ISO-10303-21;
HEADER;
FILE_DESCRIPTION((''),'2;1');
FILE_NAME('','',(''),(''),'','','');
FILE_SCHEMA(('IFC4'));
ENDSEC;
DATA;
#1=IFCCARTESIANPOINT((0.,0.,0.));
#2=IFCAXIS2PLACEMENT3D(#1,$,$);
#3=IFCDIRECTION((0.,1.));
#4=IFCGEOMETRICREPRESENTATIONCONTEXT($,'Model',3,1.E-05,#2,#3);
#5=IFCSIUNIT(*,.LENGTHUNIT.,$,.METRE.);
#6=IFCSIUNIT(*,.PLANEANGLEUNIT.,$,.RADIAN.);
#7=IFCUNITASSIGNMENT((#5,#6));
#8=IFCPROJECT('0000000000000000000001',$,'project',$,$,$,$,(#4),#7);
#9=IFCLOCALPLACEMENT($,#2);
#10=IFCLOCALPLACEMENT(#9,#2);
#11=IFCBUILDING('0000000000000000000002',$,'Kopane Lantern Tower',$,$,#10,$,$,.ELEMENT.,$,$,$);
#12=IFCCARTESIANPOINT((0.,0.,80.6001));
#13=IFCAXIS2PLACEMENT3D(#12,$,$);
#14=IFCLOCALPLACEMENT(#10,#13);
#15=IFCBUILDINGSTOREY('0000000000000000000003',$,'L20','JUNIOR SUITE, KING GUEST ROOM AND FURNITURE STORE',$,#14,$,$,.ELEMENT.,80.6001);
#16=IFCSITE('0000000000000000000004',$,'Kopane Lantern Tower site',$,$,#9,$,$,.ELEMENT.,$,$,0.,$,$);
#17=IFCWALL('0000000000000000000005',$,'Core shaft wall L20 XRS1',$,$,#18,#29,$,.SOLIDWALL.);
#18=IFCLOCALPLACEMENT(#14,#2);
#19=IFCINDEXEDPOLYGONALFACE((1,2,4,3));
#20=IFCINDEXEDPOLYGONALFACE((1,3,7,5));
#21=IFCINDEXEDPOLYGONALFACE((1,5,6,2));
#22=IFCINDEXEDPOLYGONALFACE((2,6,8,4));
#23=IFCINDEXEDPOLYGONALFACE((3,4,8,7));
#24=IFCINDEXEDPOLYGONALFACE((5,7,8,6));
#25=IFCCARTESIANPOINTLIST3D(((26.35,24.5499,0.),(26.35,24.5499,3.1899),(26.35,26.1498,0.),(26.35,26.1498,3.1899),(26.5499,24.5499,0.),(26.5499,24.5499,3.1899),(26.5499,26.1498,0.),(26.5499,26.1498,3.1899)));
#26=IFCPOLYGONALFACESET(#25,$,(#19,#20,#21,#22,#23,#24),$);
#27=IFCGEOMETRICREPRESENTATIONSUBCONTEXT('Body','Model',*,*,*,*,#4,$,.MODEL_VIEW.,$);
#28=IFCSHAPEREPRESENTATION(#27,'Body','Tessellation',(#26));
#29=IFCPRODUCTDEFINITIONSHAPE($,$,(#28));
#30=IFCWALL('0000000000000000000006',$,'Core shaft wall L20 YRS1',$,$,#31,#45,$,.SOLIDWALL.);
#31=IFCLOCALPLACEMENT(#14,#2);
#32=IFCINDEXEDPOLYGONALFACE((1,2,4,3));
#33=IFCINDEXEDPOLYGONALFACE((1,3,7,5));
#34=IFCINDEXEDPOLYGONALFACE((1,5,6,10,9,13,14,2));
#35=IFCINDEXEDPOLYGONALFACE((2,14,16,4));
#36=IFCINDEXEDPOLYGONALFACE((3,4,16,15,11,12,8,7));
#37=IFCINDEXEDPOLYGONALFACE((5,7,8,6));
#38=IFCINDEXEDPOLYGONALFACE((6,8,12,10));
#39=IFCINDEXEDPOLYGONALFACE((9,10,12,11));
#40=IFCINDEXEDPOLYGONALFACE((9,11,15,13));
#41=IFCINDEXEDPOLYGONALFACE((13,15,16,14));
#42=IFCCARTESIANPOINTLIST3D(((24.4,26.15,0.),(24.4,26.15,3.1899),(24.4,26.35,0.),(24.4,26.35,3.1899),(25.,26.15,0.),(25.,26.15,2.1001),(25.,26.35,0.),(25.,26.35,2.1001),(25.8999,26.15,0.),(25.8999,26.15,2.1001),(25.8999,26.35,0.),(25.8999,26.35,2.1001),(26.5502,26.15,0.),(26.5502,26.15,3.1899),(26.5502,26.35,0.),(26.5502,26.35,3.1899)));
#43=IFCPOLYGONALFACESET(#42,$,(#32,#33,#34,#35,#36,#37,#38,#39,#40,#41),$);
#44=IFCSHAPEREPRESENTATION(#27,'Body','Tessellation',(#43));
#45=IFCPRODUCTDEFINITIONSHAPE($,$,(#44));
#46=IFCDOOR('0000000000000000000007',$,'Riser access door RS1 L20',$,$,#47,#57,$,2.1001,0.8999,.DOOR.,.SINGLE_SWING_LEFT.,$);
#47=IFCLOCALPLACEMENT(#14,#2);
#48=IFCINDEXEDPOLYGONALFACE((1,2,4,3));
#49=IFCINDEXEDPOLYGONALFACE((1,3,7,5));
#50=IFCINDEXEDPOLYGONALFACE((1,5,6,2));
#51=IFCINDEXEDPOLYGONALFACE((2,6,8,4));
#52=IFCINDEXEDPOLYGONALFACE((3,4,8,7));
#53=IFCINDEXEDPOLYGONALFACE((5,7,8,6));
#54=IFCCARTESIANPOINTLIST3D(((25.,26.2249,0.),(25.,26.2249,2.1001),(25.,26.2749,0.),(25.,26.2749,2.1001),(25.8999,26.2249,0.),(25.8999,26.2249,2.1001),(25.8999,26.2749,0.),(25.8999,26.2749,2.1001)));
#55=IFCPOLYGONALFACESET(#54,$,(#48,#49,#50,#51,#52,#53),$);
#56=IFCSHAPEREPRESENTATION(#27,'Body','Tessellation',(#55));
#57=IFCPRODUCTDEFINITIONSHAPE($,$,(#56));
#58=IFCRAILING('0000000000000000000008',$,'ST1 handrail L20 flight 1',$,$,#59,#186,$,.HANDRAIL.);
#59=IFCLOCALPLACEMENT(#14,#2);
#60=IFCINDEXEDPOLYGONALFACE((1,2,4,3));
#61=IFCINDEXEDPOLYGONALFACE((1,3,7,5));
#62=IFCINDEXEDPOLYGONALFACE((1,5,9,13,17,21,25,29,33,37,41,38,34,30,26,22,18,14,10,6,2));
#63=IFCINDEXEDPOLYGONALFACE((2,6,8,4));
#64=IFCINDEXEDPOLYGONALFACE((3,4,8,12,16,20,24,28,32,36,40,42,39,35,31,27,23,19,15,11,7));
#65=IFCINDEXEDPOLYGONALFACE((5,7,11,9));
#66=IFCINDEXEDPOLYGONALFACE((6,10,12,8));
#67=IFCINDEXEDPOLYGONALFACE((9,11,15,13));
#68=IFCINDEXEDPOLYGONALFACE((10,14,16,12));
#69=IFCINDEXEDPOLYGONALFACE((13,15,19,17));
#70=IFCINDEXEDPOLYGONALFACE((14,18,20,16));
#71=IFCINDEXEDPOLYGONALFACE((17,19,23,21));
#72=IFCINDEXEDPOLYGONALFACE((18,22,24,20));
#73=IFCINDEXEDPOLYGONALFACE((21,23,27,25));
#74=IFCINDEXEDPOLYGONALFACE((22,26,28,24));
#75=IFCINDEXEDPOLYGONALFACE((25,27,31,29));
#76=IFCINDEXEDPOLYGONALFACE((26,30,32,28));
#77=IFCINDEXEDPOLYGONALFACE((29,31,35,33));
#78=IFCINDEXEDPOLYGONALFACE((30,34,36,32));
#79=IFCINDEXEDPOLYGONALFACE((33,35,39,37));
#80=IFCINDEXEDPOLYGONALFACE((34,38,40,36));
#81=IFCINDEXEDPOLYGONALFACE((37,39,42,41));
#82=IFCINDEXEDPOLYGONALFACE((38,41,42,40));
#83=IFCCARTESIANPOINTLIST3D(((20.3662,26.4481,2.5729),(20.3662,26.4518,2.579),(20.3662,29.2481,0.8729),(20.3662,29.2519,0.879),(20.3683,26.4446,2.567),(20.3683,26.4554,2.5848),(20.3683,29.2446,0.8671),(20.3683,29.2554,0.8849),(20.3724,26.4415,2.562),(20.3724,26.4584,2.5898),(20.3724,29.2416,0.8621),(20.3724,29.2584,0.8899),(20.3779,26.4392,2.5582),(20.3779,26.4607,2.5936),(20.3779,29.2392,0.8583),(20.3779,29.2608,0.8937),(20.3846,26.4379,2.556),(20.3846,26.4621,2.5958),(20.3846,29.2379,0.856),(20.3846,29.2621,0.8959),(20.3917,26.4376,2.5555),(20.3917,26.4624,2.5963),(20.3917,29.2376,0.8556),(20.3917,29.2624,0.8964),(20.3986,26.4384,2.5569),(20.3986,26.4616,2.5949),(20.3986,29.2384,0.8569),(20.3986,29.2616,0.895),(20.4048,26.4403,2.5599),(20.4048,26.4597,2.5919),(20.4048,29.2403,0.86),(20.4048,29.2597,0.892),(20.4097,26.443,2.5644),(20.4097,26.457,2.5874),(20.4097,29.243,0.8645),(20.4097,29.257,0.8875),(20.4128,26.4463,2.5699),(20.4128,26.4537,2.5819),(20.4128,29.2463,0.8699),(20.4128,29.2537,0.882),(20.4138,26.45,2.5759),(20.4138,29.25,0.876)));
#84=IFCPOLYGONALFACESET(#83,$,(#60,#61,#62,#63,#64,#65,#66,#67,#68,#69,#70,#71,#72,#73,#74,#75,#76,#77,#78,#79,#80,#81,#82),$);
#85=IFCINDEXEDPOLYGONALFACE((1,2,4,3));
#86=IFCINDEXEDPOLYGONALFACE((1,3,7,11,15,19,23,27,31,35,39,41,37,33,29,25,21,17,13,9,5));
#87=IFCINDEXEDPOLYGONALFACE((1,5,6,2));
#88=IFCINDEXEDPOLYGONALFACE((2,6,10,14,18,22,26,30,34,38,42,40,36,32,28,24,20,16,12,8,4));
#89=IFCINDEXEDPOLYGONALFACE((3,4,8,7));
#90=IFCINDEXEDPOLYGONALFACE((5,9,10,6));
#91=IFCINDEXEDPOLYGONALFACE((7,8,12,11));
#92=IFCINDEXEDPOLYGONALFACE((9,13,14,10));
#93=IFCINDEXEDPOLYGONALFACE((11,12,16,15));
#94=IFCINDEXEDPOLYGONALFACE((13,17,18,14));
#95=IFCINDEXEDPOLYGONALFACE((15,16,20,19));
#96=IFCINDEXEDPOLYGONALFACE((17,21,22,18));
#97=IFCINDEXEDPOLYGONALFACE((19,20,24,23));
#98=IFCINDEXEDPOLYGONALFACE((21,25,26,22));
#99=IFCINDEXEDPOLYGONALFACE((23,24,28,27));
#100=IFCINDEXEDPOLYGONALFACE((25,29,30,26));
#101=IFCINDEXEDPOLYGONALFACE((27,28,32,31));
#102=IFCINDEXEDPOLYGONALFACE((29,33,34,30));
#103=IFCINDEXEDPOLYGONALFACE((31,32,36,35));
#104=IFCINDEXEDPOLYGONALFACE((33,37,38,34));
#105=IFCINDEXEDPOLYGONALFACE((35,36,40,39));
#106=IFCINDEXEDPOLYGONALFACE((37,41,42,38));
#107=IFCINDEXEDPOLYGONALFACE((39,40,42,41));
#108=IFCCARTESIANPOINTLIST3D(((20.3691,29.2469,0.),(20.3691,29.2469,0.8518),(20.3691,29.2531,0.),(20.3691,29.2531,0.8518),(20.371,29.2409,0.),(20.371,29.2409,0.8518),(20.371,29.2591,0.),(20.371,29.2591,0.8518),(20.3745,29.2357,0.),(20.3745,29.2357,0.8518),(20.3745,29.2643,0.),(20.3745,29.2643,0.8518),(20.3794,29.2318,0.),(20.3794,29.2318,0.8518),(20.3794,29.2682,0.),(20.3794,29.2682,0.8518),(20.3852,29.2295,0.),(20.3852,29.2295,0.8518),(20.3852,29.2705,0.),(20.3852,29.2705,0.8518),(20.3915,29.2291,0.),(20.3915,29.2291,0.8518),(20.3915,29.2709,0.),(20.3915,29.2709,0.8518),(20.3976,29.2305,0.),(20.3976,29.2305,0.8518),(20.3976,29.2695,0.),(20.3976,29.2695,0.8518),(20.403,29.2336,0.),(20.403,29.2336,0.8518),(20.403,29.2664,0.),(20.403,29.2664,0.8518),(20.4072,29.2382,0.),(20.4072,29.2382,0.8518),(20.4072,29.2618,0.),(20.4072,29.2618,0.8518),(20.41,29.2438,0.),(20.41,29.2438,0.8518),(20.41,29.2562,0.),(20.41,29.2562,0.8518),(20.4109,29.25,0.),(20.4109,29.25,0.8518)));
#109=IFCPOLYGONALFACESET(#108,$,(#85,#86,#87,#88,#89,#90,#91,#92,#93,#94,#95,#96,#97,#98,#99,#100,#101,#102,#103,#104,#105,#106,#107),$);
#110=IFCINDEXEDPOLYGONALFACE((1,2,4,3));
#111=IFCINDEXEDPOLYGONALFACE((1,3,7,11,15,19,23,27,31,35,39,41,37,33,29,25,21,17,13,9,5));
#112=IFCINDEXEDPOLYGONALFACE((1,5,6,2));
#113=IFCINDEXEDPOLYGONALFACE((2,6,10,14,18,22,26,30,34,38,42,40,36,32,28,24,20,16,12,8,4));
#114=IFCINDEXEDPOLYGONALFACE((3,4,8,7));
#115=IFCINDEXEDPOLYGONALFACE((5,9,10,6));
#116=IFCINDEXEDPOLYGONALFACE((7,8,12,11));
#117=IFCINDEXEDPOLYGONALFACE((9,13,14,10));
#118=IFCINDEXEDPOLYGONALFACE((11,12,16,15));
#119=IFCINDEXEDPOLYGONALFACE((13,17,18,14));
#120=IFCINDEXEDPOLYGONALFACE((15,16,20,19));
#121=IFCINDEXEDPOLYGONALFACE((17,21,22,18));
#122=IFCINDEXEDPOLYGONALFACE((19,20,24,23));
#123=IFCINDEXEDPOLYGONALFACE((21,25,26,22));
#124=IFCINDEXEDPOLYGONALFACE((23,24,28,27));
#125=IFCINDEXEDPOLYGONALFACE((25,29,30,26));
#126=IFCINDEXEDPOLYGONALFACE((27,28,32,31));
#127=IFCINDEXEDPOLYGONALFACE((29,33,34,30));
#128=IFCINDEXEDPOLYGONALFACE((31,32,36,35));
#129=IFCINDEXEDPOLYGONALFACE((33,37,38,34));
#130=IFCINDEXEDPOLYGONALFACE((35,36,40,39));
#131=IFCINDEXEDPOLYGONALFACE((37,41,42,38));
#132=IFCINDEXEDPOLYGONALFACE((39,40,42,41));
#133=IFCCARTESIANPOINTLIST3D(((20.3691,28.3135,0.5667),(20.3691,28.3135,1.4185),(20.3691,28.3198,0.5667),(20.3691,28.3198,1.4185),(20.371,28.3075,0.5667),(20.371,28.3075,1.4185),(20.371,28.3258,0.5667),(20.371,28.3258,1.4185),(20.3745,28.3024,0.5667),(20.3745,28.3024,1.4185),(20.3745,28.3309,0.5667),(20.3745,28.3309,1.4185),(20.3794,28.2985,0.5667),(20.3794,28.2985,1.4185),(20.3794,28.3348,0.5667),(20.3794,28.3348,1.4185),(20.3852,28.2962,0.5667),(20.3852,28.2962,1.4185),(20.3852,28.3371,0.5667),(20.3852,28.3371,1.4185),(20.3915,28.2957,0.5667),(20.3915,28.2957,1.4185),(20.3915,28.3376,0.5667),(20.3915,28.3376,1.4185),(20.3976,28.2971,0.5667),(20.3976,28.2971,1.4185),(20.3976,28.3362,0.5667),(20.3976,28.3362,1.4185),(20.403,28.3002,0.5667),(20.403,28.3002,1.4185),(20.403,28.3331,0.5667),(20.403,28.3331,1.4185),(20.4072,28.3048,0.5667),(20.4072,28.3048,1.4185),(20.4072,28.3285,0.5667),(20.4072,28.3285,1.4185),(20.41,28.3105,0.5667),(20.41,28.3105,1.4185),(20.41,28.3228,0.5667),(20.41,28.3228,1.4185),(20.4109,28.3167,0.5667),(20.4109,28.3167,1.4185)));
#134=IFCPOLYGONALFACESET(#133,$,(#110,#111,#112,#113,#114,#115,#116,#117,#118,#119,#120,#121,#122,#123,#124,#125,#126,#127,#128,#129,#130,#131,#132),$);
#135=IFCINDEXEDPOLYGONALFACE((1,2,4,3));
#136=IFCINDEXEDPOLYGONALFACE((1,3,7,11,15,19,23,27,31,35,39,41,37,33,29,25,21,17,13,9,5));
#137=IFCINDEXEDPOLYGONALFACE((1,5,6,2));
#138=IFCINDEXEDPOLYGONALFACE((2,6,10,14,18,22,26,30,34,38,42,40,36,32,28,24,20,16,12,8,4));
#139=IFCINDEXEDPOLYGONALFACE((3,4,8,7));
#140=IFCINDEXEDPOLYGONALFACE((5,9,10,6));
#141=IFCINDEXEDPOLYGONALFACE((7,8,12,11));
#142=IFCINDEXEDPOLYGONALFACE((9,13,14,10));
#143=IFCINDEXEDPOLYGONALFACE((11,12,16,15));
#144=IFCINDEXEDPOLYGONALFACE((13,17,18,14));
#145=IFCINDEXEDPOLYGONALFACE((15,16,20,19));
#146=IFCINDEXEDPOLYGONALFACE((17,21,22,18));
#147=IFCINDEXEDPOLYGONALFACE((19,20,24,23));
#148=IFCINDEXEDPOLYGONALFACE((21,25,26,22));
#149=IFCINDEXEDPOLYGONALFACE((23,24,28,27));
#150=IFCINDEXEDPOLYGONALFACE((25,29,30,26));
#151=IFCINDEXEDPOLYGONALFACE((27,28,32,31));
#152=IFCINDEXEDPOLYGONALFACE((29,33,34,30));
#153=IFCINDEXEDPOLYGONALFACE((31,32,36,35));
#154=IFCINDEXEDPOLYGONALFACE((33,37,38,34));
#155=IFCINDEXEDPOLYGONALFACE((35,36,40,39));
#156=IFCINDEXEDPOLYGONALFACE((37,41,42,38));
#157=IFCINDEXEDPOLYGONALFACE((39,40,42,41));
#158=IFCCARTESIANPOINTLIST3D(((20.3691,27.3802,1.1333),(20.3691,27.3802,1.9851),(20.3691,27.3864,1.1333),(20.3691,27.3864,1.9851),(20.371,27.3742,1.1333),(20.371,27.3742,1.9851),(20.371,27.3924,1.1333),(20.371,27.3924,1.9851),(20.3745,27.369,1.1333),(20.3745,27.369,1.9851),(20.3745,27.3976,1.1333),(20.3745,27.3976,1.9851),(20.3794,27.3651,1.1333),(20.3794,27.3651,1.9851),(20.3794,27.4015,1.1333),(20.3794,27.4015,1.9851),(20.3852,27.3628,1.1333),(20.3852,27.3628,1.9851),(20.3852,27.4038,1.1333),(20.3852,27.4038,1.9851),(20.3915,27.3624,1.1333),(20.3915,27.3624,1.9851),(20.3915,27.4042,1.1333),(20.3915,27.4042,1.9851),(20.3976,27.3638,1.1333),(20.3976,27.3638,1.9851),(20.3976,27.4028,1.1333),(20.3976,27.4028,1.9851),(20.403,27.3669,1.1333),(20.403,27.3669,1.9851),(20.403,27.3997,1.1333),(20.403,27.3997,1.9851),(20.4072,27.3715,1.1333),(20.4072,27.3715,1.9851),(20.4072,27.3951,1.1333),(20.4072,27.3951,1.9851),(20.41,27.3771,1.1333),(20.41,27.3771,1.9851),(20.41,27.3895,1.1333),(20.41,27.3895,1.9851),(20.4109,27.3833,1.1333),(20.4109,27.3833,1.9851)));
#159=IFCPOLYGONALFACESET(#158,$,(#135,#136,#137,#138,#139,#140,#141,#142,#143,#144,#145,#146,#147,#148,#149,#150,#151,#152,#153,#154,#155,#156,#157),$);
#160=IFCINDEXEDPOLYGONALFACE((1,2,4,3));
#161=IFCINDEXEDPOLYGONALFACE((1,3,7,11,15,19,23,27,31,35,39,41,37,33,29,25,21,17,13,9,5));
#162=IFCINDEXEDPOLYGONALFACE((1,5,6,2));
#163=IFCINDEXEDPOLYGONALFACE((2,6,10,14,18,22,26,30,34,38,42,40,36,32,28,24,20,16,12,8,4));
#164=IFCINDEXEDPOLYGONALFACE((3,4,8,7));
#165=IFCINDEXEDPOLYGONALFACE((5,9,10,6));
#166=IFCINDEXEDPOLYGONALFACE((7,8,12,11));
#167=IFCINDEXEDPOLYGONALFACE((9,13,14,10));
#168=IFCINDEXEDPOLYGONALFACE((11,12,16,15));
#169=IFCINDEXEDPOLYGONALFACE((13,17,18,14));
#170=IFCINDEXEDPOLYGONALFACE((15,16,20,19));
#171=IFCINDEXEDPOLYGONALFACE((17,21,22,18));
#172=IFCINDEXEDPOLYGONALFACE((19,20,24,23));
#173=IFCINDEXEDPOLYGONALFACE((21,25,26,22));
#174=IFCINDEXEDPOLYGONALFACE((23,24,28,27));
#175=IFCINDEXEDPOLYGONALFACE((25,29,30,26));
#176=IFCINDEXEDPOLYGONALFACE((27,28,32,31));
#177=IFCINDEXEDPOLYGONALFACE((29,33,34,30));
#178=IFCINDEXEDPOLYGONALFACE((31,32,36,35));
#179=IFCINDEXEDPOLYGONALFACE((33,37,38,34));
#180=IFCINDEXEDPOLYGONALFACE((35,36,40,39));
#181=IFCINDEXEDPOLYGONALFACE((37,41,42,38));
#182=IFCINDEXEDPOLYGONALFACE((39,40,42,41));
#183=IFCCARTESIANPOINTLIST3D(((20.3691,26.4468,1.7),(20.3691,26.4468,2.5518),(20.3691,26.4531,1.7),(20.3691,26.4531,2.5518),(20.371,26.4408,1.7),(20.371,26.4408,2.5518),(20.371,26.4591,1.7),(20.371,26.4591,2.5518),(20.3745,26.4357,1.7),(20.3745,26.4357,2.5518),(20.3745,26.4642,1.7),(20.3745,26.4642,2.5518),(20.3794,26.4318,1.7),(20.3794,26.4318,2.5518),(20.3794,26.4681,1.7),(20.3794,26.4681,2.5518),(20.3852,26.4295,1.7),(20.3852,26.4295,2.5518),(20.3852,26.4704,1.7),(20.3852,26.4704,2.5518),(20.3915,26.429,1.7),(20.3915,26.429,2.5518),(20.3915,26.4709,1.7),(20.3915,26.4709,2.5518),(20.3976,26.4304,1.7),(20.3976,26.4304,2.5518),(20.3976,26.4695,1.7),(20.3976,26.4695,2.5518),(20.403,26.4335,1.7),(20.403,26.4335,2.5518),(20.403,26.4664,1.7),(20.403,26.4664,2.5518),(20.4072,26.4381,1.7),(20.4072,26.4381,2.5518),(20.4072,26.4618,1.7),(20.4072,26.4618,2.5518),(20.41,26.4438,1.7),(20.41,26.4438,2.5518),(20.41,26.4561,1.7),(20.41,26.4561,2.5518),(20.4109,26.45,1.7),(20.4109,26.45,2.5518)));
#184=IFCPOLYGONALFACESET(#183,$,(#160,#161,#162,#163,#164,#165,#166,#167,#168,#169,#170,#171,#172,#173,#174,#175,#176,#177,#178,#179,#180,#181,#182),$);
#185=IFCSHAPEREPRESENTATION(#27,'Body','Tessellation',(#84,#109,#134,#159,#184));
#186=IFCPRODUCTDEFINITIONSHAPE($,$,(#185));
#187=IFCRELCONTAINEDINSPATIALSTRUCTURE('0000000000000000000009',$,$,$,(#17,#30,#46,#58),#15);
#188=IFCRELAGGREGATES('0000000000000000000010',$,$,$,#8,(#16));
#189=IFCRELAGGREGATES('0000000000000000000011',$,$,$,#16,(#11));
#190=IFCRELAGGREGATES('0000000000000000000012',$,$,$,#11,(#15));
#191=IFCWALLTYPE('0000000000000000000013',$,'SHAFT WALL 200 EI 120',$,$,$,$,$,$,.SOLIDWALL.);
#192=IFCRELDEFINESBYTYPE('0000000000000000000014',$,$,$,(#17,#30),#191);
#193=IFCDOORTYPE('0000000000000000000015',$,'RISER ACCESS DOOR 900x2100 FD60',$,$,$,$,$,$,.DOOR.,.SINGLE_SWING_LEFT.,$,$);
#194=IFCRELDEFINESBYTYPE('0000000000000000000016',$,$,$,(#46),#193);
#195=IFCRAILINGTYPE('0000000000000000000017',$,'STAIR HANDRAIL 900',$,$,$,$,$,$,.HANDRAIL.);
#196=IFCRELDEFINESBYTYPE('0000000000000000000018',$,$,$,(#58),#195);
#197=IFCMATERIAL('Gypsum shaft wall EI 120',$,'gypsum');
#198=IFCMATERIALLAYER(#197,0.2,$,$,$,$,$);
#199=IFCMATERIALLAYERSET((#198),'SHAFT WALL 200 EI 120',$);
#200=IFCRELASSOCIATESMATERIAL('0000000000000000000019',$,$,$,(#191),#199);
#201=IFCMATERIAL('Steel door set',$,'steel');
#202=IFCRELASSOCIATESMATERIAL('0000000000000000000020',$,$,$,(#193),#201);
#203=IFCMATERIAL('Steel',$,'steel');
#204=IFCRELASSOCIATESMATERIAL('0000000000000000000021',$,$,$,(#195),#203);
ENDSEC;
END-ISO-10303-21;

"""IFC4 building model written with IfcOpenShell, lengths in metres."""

from ifc_helpers import new_model, si_unit, direction, frame, frame_2d, origin, origin_2d, place, context, subcontext, project, spatial, rectangle, circle, extrude, material, layer, layer_set, type_object, element, fill, save


model = new_model("IFC4")

# Units and contexts
model_context = context("Model", 3, precision=1e-05, world=origin(), true_north=direction((0.0, 1.0)))
body_context = subcontext(model_context, "Body", "Model", "MODEL_VIEW")
ifc_project = project(units=[si_unit("LENGTHUNIT", "METRE"), si_unit("PLANEANGLEUNIT", "RADIAN")], contexts=[model_context])

# Site, building, storey
site_placement = place(None, origin())
site = spatial("IfcSite", under=ifc_project, at=site_placement, Name="Kopane Lantern Tower site", CompositionType="ELEMENT", RefElevation=0.0)
building_placement = place(site_placement, origin())
building = spatial("IfcBuilding", under=site, at=building_placement, Name="Kopane Lantern Tower", CompositionType="ELEMENT")
storey_placement = place(building_placement, frame((0.0, 0.0, 80.6001)))
storey = spatial("IfcBuildingStorey", under=building, at=storey_placement, Name="L20", Description="JUNIOR SUITE, KING GUEST ROOM AND FURNITURE STORE", CompositionType="ELEMENT", Elevation=80.6001)

# Shared definitions
ifc_material_1 = material(Name="Gypsum shaft wall EI 120", Category="gypsum")
ifc_layer_1 = layer(ifc_material_1, 0.2)
ifc_layer_set_1 = layer_set([ifc_layer_1], Name="SHAFT WALL 200 EI 120")
wall_type_1 = type_object("IfcWallType", Name="SHAFT WALL 200 EI 120", PredefinedType="SOLIDWALL", material=ifc_layer_set_1)

# Wall
wall_1_placement = place(storey_placement, frame((26.45, 24.55, 0.0), z_axis=(0.0, 0.0, 1.0), x_axis=(0.0, 1.0, 0.0)))
element("IfcWall", 1, at=wall_1_placement, inside=storey, type_object=wall_type_1, Name="Core shaft wall L20 XRS1", PredefinedType="SOLIDWALL", context=body_context, shape_type="SweptSolid", body=[
    extrude(rectangle(XDim=1.5999, YDim=0.2, at=frame_2d((0.7998, 0.0))), origin(), (0.0, 0.0, 1.0), 3.1899),
])

# Wall, opening, door
wall_2_placement = place(storey_placement, frame((24.3999, 26.25, 0.0), z_axis=(0.0, 0.0, 1.0), x_axis=(1.0, 0.0, 0.0)))
wall_2 = element("IfcWall", 2, at=wall_2_placement, inside=storey, type_object=wall_type_1, Name="Core shaft wall L20 YRS1", PredefinedType="SOLIDWALL", context=body_context, shape_type="SweptSolid", body=[
    extrude(rectangle(XDim=2.1501, YDim=0.2, at=frame_2d((1.0752, 0.0))), origin(), (0.0, 0.0, 1.0), 3.1899),
])
opening_1_placement = place(wall_2_placement, frame((0.6001, 0.0, 0.0)))
opening_1 = element("IfcOpeningElement", 3, at=opening_1_placement, cuts=wall_2, PredefinedType="OPENING", context=body_context, shape_type="SweptSolid", body=[
    extrude(rectangle(XDim=0.8999, YDim=2.1001, at=frame_2d((0.45, 1.05))), frame((0.0, 0.1099, 0.0), z_axis=(0.0, -1.0, 0.0), x_axis=(1.0, 0.0, 0.0)), (0.0, 0.0, 1.0), 0.22),
])
ifc_material_2 = material(Name="Steel door set", Category="steel")
door_type_1 = type_object("IfcDoorType", Name="RISER ACCESS DOOR 900x2100 FD60", OperationType="SINGLE_SWING_LEFT", PredefinedType="DOOR", material=ifc_material_2)
door_1_placement = place(opening_1_placement, origin())
door_1 = element("IfcDoor", 4, at=door_1_placement, inside=storey, type_object=door_type_1, Name="Riser access door RS1 L20", OperationType="SINGLE_SWING_LEFT", OverallHeight=2.1001, OverallWidth=0.8999, PredefinedType="DOOR", context=body_context, shape_type="SweptSolid", body=[
    extrude(rectangle(XDim=0.8999, YDim=2.1001, at=frame_2d((0.45, 1.05))), frame((0.0, 0.0249, 0.0), z_axis=(0.0, -1.0, 0.0), x_axis=(1.0, 0.0, 0.0)), (0.0, 0.0, 1.0), 0.05),
])
fill(opening_1, door_1)

# Railing
ifc_material_3 = material(Name="Steel", Category="steel")
railing_type_1 = type_object("IfcRailingType", Name="STAIR HANDRAIL 900", PredefinedType="HANDRAIL", material=ifc_material_3)
for number, where, name in (
    (5, (20.3899, 29.25, 0.0), "ST1 handrail L20 flight 1"),
):
    element("IfcRailing", number, at=place(storey_placement, frame(where)), inside=storey, type_object=railing_type_1, Name=name, PredefinedType="HANDRAIL", context=body_context, shape_type="SweptSolid", body=[
        extrude(circle(Radius=0.0239, at=origin_2d()), frame((0.0, 0.0, 0.876), z_axis=(0.0, -0.854798, 0.518961), x_axis=(1.0, 0.0, 0.0)), (0.0, 0.0, 1.0), 3.2756),
        extrude(circle(Radius=0.021, at=origin_2d()), origin(), (0.0, 0.0, 1.0), 0.8518),
        extrude(circle(Radius=0.021, at=origin_2d()), frame((0.0, -0.9333, 0.5667)), (0.0, 0.0, 1.0), 0.8518),
        extrude(circle(Radius=0.021, at=origin_2d()), frame((0.0, -1.8667, 1.1333)), (0.0, 0.0, 1.0), 0.8518),
        extrude(circle(Radius=0.021, at=origin_2d()), frame((0.0, -2.8, 1.7)), (0.0, 0.0, 1.0), 0.8518),
    ])

save(model, "model.ifc")
